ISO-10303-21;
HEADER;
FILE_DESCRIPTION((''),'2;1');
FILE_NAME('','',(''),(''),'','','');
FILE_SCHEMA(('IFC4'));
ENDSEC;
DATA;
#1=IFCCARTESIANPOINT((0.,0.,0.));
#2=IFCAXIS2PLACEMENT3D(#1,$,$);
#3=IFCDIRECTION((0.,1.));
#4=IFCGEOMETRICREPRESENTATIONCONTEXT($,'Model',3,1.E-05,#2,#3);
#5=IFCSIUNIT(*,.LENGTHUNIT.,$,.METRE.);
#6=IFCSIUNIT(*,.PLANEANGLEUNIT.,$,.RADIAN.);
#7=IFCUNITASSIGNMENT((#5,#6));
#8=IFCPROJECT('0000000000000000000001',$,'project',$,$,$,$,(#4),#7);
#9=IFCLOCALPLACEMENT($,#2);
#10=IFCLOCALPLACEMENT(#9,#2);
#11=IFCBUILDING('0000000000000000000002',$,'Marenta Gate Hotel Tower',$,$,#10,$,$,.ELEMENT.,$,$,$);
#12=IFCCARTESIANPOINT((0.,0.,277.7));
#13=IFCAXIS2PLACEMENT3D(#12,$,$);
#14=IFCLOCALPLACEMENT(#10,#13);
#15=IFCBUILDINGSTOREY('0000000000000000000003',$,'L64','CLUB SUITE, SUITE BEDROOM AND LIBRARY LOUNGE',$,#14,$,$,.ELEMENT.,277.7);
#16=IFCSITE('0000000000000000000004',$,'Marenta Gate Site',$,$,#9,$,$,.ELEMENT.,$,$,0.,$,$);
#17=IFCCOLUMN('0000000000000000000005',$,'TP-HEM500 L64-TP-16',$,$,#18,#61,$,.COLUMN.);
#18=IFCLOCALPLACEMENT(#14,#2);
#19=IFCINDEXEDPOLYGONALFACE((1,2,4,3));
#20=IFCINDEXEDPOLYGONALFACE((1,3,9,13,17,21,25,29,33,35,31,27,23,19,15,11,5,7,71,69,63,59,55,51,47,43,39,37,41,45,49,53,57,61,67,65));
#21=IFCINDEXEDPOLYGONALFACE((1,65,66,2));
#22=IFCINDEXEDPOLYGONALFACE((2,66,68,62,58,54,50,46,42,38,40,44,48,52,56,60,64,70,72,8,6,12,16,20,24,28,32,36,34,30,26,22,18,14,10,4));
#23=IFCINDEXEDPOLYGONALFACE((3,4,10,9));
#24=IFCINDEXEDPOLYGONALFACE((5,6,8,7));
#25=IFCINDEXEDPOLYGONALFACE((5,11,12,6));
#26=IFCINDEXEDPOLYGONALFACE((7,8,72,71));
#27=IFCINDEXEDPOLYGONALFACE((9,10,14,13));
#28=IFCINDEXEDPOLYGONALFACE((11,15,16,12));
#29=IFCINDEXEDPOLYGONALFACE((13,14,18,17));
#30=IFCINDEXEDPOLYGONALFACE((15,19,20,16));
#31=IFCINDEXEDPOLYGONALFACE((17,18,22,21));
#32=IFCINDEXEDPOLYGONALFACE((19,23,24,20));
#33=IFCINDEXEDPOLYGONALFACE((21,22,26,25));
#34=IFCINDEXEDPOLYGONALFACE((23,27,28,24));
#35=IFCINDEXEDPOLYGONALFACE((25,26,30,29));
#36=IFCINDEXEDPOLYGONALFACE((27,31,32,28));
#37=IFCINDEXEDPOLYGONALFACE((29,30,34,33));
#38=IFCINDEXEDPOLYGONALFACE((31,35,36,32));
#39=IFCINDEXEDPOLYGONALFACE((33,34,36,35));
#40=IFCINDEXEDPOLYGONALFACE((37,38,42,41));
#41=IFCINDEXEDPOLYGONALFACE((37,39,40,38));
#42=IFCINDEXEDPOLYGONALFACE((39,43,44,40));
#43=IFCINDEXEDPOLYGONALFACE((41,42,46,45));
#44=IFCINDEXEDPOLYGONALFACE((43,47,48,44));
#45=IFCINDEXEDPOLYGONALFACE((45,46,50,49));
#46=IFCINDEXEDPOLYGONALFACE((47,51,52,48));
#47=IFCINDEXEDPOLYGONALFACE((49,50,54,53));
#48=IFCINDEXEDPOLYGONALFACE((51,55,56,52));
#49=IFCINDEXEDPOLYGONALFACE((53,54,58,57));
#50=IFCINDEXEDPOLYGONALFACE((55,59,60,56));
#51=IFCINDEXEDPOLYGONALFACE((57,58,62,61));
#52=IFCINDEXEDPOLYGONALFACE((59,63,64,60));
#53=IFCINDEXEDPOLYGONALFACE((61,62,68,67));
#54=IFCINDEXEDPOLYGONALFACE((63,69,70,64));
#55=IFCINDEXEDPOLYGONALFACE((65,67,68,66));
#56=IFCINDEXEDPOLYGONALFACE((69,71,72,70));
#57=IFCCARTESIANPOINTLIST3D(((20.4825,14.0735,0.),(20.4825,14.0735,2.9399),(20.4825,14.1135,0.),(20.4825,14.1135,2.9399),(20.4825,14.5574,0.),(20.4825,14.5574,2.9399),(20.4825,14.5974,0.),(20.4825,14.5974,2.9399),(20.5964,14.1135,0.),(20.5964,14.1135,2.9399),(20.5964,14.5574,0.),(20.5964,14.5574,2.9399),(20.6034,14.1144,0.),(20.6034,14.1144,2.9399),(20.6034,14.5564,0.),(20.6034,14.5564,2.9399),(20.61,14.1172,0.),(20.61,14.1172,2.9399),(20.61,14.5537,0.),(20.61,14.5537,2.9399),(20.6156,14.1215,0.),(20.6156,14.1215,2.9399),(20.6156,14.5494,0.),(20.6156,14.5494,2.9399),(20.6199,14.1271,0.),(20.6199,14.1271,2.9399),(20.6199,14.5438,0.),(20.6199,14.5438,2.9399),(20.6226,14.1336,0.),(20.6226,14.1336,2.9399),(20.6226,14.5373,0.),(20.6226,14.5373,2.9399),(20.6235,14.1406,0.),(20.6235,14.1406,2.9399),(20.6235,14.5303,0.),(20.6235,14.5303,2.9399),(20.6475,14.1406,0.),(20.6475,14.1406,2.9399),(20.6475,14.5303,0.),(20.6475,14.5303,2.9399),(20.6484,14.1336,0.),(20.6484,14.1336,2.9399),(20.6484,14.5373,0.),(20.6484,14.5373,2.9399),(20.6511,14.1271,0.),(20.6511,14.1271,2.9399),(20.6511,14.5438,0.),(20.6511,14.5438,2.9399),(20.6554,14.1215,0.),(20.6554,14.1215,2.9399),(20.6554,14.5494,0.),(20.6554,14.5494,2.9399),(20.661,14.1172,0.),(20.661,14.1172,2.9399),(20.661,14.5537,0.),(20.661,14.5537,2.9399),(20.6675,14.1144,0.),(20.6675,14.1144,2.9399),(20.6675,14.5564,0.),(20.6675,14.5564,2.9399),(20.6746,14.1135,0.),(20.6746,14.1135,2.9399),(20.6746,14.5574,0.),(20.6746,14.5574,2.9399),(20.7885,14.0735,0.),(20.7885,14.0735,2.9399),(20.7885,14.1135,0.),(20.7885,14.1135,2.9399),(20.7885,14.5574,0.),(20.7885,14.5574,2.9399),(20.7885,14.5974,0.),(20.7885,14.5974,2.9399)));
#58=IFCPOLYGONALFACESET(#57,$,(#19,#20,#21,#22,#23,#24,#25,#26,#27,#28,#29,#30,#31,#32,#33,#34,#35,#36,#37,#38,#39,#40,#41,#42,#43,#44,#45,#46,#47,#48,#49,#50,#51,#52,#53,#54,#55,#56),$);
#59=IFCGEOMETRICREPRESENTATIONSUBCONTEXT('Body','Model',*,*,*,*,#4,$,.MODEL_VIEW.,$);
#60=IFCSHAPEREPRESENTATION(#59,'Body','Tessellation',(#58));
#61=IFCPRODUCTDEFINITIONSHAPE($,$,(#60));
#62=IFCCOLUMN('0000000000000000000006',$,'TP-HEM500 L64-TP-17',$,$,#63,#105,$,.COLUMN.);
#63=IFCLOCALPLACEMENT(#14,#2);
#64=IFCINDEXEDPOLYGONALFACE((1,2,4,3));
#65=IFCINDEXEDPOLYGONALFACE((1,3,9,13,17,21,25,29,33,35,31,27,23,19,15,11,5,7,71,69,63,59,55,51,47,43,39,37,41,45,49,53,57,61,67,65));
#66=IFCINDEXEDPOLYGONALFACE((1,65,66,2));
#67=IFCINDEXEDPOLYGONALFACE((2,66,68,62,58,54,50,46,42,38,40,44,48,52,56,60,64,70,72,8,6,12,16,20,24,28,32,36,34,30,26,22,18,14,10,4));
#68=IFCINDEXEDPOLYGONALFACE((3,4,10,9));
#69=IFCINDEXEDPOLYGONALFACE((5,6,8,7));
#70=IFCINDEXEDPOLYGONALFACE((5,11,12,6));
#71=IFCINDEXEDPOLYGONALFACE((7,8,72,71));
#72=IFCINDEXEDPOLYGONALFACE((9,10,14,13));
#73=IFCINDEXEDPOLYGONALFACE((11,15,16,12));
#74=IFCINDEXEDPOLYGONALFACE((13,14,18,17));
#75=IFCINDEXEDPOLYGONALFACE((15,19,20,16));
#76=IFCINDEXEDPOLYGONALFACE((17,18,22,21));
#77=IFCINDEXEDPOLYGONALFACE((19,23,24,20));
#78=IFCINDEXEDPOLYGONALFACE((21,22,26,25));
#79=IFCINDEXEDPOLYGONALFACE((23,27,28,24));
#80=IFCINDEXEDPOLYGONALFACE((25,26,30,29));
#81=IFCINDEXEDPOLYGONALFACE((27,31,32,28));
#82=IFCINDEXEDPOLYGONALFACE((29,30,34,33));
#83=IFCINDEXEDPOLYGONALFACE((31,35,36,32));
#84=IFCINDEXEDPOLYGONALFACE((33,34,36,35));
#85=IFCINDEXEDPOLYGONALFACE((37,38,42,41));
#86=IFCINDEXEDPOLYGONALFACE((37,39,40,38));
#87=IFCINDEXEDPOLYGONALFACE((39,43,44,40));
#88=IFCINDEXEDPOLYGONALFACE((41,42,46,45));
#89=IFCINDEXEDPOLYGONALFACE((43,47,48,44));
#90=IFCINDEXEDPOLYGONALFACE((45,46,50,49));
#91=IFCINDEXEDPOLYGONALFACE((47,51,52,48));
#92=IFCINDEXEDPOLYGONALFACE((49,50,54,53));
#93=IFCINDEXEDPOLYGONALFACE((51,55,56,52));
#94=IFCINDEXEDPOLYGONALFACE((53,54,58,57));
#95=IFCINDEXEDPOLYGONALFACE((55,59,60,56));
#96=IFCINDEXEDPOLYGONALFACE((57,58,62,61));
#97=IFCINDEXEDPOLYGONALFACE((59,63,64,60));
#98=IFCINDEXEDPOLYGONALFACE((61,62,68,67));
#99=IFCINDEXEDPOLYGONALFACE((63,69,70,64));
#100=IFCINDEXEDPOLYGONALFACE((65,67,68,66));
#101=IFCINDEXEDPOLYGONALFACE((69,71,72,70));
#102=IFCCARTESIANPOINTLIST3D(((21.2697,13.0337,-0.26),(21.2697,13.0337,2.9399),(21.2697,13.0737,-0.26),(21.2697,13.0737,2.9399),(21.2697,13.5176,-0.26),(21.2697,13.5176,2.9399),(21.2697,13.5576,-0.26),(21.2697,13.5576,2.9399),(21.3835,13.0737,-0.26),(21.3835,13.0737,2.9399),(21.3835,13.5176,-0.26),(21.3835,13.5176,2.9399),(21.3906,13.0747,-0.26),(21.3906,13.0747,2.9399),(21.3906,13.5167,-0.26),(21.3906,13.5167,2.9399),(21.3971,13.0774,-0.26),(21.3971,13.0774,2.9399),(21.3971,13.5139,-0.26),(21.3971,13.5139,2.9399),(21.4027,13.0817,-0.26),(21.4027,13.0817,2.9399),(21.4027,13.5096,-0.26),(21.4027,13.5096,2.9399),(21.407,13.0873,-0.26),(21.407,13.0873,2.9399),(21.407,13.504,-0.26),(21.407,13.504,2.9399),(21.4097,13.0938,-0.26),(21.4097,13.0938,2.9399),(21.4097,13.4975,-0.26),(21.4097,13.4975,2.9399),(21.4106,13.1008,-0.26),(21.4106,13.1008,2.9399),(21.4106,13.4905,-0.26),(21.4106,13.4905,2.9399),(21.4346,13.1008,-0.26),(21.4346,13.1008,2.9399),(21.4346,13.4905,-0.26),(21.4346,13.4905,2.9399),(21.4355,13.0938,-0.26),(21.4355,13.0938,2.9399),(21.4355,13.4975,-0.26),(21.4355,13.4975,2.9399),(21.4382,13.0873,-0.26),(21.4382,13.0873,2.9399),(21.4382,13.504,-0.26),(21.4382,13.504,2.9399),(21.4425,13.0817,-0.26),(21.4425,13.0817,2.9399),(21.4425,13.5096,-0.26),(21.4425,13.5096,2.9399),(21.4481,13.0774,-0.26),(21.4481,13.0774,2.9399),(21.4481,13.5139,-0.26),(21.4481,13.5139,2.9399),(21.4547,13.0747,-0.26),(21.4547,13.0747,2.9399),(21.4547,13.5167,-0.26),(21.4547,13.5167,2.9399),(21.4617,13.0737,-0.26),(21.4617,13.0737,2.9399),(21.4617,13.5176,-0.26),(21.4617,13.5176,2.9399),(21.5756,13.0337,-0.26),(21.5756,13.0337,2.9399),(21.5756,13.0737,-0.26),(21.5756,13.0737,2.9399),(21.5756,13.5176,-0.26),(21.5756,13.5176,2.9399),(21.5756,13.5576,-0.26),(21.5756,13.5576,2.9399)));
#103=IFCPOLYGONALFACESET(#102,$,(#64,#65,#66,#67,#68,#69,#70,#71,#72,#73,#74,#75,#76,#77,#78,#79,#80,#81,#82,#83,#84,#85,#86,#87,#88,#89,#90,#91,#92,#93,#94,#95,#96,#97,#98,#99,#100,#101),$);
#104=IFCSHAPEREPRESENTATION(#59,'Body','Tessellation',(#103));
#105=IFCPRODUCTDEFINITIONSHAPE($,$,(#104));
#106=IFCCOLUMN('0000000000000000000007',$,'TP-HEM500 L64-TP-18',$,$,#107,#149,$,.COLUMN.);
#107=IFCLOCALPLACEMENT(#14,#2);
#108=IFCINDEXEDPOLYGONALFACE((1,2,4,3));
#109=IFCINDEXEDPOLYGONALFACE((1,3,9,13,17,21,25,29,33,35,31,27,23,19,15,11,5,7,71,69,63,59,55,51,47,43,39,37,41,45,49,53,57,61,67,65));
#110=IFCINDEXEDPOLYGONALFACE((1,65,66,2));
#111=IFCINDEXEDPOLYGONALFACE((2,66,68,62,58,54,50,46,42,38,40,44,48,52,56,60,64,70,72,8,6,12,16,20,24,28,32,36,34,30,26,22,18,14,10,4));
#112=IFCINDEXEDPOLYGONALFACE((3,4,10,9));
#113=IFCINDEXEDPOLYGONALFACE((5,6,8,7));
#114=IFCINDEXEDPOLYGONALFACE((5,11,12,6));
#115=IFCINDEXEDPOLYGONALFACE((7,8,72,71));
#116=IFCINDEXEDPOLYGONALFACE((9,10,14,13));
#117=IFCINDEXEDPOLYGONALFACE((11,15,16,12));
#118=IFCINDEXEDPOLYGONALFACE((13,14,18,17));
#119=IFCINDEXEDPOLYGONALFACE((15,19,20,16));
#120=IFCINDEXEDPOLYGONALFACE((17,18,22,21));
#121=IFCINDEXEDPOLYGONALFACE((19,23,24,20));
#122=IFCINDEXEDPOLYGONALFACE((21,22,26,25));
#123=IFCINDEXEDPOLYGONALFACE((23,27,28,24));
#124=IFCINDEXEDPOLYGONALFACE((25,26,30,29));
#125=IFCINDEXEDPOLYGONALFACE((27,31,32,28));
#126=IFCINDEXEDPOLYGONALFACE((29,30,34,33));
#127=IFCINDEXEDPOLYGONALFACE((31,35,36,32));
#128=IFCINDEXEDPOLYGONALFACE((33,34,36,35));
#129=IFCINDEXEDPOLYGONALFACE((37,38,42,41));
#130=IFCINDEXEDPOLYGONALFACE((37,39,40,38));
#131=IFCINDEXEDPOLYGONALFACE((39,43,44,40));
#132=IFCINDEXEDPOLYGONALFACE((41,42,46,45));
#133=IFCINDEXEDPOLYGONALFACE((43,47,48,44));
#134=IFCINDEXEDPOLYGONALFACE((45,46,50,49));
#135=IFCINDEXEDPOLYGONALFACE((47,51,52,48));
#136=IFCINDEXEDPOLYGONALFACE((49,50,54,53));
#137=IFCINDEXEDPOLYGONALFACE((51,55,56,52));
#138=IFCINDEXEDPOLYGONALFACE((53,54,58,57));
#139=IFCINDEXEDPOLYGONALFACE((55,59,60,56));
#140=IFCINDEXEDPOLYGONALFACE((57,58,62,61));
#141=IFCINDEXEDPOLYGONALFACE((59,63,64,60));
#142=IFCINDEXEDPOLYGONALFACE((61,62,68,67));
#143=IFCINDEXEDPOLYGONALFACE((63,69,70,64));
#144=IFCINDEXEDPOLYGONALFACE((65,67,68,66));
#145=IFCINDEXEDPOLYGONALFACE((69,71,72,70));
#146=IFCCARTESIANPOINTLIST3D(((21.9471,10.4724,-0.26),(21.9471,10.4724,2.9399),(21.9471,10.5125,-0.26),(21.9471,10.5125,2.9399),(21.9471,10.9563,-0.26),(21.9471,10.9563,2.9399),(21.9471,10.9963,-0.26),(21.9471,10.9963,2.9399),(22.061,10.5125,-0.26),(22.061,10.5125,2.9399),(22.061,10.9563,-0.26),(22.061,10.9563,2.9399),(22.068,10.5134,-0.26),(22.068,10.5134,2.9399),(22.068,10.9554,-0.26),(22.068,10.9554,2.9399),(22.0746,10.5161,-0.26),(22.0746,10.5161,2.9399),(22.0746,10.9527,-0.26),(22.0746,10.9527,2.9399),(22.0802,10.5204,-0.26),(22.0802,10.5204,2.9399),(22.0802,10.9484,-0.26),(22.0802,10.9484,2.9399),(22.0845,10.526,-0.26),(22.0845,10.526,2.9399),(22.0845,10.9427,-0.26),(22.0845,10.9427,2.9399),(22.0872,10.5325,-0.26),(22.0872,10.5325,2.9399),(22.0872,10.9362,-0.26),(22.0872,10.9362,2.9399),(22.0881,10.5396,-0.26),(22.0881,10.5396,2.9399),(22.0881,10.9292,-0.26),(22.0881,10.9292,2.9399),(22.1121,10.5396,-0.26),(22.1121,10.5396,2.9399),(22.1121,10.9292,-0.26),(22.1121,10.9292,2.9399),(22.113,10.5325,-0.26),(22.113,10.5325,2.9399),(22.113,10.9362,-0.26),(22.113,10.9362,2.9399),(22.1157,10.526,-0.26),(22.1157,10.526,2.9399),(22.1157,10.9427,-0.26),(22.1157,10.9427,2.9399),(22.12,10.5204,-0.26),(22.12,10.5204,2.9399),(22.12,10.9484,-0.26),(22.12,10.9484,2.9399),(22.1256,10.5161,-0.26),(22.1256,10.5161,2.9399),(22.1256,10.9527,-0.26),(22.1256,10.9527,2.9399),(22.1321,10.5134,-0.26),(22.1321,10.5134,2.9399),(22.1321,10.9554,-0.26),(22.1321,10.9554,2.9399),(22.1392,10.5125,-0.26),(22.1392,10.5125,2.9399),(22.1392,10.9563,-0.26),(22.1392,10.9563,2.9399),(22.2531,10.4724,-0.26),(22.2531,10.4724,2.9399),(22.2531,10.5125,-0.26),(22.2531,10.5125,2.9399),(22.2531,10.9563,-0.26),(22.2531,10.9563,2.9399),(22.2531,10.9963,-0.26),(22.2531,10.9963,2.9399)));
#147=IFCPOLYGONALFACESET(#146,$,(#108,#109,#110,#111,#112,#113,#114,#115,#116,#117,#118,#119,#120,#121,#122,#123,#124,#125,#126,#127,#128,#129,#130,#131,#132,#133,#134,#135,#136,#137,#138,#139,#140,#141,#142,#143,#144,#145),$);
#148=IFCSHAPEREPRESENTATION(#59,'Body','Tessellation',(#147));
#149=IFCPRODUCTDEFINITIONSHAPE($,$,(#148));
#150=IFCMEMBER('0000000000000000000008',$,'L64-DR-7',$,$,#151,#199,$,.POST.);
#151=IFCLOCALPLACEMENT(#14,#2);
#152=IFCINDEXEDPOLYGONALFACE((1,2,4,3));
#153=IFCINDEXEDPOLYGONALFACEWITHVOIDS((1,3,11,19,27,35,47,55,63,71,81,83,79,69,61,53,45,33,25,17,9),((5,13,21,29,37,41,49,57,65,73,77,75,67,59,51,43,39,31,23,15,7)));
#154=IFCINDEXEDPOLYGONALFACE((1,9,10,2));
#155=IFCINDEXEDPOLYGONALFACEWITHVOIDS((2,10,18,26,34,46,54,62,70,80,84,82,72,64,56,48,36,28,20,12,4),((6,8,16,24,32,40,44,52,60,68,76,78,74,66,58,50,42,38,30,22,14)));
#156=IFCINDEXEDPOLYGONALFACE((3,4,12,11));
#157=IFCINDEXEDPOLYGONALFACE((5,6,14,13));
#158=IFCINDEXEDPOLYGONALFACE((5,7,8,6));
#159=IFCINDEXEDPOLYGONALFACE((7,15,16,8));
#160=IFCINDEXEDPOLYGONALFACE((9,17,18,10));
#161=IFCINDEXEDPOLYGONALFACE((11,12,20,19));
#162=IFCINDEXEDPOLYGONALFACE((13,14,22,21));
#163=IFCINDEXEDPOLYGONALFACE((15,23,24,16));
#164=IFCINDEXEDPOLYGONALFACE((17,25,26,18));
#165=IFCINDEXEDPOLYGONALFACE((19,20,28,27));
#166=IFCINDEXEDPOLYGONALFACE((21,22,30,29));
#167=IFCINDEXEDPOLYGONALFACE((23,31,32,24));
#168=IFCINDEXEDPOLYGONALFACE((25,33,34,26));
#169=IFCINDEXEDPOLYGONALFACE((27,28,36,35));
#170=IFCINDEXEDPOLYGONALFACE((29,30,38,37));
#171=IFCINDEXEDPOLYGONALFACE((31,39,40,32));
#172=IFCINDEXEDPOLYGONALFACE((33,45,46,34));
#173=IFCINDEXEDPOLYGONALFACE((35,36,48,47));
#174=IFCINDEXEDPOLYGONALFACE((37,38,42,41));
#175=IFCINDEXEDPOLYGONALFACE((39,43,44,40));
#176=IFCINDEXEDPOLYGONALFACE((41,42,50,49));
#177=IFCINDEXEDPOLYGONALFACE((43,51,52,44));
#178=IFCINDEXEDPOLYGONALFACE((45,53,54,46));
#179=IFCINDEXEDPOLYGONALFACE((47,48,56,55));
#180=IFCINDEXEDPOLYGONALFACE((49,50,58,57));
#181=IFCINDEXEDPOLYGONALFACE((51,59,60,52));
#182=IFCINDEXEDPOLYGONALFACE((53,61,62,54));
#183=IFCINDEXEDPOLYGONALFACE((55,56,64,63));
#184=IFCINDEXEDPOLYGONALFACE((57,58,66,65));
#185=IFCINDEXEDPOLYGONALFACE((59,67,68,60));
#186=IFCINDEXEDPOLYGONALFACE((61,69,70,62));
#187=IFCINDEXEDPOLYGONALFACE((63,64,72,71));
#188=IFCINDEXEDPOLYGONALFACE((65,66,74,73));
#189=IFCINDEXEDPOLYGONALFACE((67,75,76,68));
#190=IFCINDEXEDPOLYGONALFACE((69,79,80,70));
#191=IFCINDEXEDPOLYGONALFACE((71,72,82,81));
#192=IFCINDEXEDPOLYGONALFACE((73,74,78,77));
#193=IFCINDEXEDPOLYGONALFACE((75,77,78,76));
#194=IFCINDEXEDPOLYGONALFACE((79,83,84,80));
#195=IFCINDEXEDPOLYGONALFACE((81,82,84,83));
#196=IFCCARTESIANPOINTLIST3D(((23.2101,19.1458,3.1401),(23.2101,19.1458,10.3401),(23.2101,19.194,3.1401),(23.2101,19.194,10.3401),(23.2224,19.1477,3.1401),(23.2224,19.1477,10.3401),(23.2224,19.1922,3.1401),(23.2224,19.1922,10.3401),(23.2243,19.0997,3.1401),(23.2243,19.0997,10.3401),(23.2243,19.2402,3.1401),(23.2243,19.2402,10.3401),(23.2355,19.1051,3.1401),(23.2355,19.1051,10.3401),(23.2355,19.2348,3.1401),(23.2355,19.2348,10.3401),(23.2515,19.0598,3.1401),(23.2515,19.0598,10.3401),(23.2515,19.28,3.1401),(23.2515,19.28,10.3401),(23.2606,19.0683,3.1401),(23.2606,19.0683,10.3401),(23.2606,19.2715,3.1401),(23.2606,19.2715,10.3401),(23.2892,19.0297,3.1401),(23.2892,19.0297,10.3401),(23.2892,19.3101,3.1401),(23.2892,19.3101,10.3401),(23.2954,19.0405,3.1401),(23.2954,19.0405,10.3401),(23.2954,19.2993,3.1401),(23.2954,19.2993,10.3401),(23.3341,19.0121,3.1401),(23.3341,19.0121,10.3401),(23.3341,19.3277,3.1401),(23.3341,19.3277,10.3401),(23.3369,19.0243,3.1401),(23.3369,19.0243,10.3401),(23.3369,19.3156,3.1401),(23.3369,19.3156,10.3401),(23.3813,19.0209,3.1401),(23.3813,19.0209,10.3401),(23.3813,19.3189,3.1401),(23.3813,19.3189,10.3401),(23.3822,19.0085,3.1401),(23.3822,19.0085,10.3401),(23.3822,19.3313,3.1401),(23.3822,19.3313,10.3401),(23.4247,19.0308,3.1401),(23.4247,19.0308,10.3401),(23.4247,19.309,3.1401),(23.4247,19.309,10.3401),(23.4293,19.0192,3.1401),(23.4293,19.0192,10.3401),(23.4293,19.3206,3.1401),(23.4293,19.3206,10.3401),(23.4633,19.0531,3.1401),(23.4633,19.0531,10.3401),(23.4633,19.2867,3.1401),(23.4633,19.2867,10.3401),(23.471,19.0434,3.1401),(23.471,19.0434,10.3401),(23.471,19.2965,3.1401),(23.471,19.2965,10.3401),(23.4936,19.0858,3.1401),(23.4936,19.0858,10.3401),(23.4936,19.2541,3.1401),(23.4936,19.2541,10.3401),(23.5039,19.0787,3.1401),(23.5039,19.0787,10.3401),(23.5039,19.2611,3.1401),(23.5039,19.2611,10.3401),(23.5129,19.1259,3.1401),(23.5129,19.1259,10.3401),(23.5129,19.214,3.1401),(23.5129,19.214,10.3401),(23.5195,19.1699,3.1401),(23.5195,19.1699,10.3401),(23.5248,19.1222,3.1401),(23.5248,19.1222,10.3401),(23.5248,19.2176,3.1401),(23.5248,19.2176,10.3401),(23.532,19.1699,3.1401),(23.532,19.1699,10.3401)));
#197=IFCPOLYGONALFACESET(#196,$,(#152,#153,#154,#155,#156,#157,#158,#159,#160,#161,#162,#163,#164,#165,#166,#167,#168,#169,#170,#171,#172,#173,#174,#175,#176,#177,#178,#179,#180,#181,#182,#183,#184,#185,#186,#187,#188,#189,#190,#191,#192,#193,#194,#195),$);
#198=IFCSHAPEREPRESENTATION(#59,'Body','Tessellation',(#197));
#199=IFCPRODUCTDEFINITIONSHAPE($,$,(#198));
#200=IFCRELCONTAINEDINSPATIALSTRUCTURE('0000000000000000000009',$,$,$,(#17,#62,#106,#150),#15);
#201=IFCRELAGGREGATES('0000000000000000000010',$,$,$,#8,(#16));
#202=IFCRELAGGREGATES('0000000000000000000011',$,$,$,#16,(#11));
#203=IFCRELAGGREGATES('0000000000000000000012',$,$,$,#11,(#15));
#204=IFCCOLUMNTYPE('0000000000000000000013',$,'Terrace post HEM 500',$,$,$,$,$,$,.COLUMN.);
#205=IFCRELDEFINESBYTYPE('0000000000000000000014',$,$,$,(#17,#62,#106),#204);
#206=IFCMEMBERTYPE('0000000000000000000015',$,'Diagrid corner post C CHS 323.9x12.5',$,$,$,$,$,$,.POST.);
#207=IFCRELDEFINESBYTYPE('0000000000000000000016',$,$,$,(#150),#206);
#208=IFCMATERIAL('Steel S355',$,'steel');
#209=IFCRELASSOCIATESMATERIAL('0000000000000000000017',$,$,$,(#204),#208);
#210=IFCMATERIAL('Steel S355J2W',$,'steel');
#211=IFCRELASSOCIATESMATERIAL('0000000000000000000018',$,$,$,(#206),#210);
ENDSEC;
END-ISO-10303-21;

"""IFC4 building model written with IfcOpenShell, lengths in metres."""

from ifc_helpers import new_model, si_unit, direction, frame, origin, origin_2d, place, context, subcontext, project, spatial, hollow_circle, i_section, extrude, material, material_profile, profile_set, type_object, element, save


model = new_model("IFC4")

# Units and contexts
model_context = context("Model", 3, precision=1e-05, world=origin(), true_north=direction((0.0, 1.0)))
body_context = subcontext(model_context, "Body", "Model", "MODEL_VIEW")
ifc_project = project(units=[si_unit("LENGTHUNIT", "METRE"), si_unit("PLANEANGLEUNIT", "RADIAN")], contexts=[model_context])

# Site, building, storey
site_placement = place(None, origin())
site = spatial("IfcSite", under=ifc_project, at=site_placement, Name="Marenta Gate Site", CompositionType="ELEMENT", RefElevation=0.0)
building_placement = place(site_placement, origin())
building = spatial("IfcBuilding", under=site, at=building_placement, Name="Marenta Gate Hotel Tower", CompositionType="ELEMENT")
storey_placement = place(building_placement, frame((0.0, 0.0, 277.7)))
storey = spatial("IfcBuildingStorey", under=building, at=storey_placement, Name="L64", Description="CLUB SUITE, SUITE BEDROOM AND LIBRARY LOUNGE", CompositionType="ELEMENT", Elevation=277.7)

# Columns
ifc_material_1 = material(Name="Steel S355", Category="steel")
ifc_material_profile_1 = material_profile(ifc_material_1, i_section(OverallWidth=0.3059, OverallDepth=0.5239, WebThickness=0.0239, FlangeThickness=0.04, FilletRadius=0.0271, at=origin_2d()), Name="HEM 500")
ifc_profile_set_1 = profile_set([ifc_material_profile_1], Name="Steel S355")
column_type = type_object("IfcColumnType", Name="Terrace post HEM 500", PredefinedType="COLUMN", material=ifc_profile_set_1)
column_placement = place(storey_placement, frame((20.6355, 14.3354, 0.0), z_axis=(0.0, 0.0, 1.0), x_axis=(1.0, 0.0, 0.0)))
element("IfcColumn", 1, at=column_placement, inside=storey, type_object=column_type, Name="TP-HEM500 L64-TP-16", PredefinedType="COLUMN", context=body_context, shape_type="SweptSolid", body=[
    extrude(i_section(OverallWidth=0.3059, OverallDepth=0.5239, WebThickness=0.0239, FlangeThickness=0.04, FilletRadius=0.0271, at=origin_2d()), origin(), (0.0, 0.0, 1.0), 2.9399),
])
for number, where, z_axis, x_axis, name in (
    (2, (21.4226, 13.2957, -0.26), (0.0, 0.0, 1.0), (1.0, 0.0, 0.0), "TP-HEM500 L64-TP-17"),
    (3, (22.1001, 10.7344, -0.26), (0.0, 0.0, 1.0), (1.0, 0.0, 0.0), "TP-HEM500 L64-TP-18"),
):
    element("IfcColumn", number, at=place(storey_placement, frame(where, z_axis=z_axis, x_axis=x_axis)), inside=storey, type_object=column_type, Name=name, PredefinedType="COLUMN", context=body_context, shape_type="SweptSolid", body=[
        extrude(i_section(OverallWidth=0.3059, OverallDepth=0.5239, WebThickness=0.0239, FlangeThickness=0.04, FilletRadius=0.0271, at=origin_2d()), origin(), (0.0, 0.0, 1.0), 3.2),
    ])

# Member
ifc_material_2 = material(Name="Steel S355J2W", Category="steel")
ifc_material_profile_2 = material_profile(ifc_material_2, hollow_circle(Radius=0.1619, WallThickness=0.0125, at=origin_2d()), Name="CHS 323.9x12.5")
ifc_profile_set_2 = profile_set([ifc_material_profile_2], Name="Steel S355J2W")
member_type_1 = type_object("IfcMemberType", Name="Diagrid corner post C CHS 323.9x12.5", PredefinedType="POST", material=ifc_profile_set_2)
member_1_placement = place(storey_placement, frame((23.3701, 19.1699, 3.1401), z_axis=(0.0, 0.0, 1.0), x_axis=(1.0, 0.0, 0.0)))
element("IfcMember", 4, at=member_1_placement, inside=storey, type_object=member_type_1, Name="L64-DR-7", PredefinedType="POST", context=body_context, shape_type="SweptSolid", body=[
    extrude(hollow_circle(Radius=0.1619, WallThickness=0.0125, at=origin_2d()), origin(), (0.0, 0.0, 1.0), 7.2),
])

save(model, "model.ifc")
